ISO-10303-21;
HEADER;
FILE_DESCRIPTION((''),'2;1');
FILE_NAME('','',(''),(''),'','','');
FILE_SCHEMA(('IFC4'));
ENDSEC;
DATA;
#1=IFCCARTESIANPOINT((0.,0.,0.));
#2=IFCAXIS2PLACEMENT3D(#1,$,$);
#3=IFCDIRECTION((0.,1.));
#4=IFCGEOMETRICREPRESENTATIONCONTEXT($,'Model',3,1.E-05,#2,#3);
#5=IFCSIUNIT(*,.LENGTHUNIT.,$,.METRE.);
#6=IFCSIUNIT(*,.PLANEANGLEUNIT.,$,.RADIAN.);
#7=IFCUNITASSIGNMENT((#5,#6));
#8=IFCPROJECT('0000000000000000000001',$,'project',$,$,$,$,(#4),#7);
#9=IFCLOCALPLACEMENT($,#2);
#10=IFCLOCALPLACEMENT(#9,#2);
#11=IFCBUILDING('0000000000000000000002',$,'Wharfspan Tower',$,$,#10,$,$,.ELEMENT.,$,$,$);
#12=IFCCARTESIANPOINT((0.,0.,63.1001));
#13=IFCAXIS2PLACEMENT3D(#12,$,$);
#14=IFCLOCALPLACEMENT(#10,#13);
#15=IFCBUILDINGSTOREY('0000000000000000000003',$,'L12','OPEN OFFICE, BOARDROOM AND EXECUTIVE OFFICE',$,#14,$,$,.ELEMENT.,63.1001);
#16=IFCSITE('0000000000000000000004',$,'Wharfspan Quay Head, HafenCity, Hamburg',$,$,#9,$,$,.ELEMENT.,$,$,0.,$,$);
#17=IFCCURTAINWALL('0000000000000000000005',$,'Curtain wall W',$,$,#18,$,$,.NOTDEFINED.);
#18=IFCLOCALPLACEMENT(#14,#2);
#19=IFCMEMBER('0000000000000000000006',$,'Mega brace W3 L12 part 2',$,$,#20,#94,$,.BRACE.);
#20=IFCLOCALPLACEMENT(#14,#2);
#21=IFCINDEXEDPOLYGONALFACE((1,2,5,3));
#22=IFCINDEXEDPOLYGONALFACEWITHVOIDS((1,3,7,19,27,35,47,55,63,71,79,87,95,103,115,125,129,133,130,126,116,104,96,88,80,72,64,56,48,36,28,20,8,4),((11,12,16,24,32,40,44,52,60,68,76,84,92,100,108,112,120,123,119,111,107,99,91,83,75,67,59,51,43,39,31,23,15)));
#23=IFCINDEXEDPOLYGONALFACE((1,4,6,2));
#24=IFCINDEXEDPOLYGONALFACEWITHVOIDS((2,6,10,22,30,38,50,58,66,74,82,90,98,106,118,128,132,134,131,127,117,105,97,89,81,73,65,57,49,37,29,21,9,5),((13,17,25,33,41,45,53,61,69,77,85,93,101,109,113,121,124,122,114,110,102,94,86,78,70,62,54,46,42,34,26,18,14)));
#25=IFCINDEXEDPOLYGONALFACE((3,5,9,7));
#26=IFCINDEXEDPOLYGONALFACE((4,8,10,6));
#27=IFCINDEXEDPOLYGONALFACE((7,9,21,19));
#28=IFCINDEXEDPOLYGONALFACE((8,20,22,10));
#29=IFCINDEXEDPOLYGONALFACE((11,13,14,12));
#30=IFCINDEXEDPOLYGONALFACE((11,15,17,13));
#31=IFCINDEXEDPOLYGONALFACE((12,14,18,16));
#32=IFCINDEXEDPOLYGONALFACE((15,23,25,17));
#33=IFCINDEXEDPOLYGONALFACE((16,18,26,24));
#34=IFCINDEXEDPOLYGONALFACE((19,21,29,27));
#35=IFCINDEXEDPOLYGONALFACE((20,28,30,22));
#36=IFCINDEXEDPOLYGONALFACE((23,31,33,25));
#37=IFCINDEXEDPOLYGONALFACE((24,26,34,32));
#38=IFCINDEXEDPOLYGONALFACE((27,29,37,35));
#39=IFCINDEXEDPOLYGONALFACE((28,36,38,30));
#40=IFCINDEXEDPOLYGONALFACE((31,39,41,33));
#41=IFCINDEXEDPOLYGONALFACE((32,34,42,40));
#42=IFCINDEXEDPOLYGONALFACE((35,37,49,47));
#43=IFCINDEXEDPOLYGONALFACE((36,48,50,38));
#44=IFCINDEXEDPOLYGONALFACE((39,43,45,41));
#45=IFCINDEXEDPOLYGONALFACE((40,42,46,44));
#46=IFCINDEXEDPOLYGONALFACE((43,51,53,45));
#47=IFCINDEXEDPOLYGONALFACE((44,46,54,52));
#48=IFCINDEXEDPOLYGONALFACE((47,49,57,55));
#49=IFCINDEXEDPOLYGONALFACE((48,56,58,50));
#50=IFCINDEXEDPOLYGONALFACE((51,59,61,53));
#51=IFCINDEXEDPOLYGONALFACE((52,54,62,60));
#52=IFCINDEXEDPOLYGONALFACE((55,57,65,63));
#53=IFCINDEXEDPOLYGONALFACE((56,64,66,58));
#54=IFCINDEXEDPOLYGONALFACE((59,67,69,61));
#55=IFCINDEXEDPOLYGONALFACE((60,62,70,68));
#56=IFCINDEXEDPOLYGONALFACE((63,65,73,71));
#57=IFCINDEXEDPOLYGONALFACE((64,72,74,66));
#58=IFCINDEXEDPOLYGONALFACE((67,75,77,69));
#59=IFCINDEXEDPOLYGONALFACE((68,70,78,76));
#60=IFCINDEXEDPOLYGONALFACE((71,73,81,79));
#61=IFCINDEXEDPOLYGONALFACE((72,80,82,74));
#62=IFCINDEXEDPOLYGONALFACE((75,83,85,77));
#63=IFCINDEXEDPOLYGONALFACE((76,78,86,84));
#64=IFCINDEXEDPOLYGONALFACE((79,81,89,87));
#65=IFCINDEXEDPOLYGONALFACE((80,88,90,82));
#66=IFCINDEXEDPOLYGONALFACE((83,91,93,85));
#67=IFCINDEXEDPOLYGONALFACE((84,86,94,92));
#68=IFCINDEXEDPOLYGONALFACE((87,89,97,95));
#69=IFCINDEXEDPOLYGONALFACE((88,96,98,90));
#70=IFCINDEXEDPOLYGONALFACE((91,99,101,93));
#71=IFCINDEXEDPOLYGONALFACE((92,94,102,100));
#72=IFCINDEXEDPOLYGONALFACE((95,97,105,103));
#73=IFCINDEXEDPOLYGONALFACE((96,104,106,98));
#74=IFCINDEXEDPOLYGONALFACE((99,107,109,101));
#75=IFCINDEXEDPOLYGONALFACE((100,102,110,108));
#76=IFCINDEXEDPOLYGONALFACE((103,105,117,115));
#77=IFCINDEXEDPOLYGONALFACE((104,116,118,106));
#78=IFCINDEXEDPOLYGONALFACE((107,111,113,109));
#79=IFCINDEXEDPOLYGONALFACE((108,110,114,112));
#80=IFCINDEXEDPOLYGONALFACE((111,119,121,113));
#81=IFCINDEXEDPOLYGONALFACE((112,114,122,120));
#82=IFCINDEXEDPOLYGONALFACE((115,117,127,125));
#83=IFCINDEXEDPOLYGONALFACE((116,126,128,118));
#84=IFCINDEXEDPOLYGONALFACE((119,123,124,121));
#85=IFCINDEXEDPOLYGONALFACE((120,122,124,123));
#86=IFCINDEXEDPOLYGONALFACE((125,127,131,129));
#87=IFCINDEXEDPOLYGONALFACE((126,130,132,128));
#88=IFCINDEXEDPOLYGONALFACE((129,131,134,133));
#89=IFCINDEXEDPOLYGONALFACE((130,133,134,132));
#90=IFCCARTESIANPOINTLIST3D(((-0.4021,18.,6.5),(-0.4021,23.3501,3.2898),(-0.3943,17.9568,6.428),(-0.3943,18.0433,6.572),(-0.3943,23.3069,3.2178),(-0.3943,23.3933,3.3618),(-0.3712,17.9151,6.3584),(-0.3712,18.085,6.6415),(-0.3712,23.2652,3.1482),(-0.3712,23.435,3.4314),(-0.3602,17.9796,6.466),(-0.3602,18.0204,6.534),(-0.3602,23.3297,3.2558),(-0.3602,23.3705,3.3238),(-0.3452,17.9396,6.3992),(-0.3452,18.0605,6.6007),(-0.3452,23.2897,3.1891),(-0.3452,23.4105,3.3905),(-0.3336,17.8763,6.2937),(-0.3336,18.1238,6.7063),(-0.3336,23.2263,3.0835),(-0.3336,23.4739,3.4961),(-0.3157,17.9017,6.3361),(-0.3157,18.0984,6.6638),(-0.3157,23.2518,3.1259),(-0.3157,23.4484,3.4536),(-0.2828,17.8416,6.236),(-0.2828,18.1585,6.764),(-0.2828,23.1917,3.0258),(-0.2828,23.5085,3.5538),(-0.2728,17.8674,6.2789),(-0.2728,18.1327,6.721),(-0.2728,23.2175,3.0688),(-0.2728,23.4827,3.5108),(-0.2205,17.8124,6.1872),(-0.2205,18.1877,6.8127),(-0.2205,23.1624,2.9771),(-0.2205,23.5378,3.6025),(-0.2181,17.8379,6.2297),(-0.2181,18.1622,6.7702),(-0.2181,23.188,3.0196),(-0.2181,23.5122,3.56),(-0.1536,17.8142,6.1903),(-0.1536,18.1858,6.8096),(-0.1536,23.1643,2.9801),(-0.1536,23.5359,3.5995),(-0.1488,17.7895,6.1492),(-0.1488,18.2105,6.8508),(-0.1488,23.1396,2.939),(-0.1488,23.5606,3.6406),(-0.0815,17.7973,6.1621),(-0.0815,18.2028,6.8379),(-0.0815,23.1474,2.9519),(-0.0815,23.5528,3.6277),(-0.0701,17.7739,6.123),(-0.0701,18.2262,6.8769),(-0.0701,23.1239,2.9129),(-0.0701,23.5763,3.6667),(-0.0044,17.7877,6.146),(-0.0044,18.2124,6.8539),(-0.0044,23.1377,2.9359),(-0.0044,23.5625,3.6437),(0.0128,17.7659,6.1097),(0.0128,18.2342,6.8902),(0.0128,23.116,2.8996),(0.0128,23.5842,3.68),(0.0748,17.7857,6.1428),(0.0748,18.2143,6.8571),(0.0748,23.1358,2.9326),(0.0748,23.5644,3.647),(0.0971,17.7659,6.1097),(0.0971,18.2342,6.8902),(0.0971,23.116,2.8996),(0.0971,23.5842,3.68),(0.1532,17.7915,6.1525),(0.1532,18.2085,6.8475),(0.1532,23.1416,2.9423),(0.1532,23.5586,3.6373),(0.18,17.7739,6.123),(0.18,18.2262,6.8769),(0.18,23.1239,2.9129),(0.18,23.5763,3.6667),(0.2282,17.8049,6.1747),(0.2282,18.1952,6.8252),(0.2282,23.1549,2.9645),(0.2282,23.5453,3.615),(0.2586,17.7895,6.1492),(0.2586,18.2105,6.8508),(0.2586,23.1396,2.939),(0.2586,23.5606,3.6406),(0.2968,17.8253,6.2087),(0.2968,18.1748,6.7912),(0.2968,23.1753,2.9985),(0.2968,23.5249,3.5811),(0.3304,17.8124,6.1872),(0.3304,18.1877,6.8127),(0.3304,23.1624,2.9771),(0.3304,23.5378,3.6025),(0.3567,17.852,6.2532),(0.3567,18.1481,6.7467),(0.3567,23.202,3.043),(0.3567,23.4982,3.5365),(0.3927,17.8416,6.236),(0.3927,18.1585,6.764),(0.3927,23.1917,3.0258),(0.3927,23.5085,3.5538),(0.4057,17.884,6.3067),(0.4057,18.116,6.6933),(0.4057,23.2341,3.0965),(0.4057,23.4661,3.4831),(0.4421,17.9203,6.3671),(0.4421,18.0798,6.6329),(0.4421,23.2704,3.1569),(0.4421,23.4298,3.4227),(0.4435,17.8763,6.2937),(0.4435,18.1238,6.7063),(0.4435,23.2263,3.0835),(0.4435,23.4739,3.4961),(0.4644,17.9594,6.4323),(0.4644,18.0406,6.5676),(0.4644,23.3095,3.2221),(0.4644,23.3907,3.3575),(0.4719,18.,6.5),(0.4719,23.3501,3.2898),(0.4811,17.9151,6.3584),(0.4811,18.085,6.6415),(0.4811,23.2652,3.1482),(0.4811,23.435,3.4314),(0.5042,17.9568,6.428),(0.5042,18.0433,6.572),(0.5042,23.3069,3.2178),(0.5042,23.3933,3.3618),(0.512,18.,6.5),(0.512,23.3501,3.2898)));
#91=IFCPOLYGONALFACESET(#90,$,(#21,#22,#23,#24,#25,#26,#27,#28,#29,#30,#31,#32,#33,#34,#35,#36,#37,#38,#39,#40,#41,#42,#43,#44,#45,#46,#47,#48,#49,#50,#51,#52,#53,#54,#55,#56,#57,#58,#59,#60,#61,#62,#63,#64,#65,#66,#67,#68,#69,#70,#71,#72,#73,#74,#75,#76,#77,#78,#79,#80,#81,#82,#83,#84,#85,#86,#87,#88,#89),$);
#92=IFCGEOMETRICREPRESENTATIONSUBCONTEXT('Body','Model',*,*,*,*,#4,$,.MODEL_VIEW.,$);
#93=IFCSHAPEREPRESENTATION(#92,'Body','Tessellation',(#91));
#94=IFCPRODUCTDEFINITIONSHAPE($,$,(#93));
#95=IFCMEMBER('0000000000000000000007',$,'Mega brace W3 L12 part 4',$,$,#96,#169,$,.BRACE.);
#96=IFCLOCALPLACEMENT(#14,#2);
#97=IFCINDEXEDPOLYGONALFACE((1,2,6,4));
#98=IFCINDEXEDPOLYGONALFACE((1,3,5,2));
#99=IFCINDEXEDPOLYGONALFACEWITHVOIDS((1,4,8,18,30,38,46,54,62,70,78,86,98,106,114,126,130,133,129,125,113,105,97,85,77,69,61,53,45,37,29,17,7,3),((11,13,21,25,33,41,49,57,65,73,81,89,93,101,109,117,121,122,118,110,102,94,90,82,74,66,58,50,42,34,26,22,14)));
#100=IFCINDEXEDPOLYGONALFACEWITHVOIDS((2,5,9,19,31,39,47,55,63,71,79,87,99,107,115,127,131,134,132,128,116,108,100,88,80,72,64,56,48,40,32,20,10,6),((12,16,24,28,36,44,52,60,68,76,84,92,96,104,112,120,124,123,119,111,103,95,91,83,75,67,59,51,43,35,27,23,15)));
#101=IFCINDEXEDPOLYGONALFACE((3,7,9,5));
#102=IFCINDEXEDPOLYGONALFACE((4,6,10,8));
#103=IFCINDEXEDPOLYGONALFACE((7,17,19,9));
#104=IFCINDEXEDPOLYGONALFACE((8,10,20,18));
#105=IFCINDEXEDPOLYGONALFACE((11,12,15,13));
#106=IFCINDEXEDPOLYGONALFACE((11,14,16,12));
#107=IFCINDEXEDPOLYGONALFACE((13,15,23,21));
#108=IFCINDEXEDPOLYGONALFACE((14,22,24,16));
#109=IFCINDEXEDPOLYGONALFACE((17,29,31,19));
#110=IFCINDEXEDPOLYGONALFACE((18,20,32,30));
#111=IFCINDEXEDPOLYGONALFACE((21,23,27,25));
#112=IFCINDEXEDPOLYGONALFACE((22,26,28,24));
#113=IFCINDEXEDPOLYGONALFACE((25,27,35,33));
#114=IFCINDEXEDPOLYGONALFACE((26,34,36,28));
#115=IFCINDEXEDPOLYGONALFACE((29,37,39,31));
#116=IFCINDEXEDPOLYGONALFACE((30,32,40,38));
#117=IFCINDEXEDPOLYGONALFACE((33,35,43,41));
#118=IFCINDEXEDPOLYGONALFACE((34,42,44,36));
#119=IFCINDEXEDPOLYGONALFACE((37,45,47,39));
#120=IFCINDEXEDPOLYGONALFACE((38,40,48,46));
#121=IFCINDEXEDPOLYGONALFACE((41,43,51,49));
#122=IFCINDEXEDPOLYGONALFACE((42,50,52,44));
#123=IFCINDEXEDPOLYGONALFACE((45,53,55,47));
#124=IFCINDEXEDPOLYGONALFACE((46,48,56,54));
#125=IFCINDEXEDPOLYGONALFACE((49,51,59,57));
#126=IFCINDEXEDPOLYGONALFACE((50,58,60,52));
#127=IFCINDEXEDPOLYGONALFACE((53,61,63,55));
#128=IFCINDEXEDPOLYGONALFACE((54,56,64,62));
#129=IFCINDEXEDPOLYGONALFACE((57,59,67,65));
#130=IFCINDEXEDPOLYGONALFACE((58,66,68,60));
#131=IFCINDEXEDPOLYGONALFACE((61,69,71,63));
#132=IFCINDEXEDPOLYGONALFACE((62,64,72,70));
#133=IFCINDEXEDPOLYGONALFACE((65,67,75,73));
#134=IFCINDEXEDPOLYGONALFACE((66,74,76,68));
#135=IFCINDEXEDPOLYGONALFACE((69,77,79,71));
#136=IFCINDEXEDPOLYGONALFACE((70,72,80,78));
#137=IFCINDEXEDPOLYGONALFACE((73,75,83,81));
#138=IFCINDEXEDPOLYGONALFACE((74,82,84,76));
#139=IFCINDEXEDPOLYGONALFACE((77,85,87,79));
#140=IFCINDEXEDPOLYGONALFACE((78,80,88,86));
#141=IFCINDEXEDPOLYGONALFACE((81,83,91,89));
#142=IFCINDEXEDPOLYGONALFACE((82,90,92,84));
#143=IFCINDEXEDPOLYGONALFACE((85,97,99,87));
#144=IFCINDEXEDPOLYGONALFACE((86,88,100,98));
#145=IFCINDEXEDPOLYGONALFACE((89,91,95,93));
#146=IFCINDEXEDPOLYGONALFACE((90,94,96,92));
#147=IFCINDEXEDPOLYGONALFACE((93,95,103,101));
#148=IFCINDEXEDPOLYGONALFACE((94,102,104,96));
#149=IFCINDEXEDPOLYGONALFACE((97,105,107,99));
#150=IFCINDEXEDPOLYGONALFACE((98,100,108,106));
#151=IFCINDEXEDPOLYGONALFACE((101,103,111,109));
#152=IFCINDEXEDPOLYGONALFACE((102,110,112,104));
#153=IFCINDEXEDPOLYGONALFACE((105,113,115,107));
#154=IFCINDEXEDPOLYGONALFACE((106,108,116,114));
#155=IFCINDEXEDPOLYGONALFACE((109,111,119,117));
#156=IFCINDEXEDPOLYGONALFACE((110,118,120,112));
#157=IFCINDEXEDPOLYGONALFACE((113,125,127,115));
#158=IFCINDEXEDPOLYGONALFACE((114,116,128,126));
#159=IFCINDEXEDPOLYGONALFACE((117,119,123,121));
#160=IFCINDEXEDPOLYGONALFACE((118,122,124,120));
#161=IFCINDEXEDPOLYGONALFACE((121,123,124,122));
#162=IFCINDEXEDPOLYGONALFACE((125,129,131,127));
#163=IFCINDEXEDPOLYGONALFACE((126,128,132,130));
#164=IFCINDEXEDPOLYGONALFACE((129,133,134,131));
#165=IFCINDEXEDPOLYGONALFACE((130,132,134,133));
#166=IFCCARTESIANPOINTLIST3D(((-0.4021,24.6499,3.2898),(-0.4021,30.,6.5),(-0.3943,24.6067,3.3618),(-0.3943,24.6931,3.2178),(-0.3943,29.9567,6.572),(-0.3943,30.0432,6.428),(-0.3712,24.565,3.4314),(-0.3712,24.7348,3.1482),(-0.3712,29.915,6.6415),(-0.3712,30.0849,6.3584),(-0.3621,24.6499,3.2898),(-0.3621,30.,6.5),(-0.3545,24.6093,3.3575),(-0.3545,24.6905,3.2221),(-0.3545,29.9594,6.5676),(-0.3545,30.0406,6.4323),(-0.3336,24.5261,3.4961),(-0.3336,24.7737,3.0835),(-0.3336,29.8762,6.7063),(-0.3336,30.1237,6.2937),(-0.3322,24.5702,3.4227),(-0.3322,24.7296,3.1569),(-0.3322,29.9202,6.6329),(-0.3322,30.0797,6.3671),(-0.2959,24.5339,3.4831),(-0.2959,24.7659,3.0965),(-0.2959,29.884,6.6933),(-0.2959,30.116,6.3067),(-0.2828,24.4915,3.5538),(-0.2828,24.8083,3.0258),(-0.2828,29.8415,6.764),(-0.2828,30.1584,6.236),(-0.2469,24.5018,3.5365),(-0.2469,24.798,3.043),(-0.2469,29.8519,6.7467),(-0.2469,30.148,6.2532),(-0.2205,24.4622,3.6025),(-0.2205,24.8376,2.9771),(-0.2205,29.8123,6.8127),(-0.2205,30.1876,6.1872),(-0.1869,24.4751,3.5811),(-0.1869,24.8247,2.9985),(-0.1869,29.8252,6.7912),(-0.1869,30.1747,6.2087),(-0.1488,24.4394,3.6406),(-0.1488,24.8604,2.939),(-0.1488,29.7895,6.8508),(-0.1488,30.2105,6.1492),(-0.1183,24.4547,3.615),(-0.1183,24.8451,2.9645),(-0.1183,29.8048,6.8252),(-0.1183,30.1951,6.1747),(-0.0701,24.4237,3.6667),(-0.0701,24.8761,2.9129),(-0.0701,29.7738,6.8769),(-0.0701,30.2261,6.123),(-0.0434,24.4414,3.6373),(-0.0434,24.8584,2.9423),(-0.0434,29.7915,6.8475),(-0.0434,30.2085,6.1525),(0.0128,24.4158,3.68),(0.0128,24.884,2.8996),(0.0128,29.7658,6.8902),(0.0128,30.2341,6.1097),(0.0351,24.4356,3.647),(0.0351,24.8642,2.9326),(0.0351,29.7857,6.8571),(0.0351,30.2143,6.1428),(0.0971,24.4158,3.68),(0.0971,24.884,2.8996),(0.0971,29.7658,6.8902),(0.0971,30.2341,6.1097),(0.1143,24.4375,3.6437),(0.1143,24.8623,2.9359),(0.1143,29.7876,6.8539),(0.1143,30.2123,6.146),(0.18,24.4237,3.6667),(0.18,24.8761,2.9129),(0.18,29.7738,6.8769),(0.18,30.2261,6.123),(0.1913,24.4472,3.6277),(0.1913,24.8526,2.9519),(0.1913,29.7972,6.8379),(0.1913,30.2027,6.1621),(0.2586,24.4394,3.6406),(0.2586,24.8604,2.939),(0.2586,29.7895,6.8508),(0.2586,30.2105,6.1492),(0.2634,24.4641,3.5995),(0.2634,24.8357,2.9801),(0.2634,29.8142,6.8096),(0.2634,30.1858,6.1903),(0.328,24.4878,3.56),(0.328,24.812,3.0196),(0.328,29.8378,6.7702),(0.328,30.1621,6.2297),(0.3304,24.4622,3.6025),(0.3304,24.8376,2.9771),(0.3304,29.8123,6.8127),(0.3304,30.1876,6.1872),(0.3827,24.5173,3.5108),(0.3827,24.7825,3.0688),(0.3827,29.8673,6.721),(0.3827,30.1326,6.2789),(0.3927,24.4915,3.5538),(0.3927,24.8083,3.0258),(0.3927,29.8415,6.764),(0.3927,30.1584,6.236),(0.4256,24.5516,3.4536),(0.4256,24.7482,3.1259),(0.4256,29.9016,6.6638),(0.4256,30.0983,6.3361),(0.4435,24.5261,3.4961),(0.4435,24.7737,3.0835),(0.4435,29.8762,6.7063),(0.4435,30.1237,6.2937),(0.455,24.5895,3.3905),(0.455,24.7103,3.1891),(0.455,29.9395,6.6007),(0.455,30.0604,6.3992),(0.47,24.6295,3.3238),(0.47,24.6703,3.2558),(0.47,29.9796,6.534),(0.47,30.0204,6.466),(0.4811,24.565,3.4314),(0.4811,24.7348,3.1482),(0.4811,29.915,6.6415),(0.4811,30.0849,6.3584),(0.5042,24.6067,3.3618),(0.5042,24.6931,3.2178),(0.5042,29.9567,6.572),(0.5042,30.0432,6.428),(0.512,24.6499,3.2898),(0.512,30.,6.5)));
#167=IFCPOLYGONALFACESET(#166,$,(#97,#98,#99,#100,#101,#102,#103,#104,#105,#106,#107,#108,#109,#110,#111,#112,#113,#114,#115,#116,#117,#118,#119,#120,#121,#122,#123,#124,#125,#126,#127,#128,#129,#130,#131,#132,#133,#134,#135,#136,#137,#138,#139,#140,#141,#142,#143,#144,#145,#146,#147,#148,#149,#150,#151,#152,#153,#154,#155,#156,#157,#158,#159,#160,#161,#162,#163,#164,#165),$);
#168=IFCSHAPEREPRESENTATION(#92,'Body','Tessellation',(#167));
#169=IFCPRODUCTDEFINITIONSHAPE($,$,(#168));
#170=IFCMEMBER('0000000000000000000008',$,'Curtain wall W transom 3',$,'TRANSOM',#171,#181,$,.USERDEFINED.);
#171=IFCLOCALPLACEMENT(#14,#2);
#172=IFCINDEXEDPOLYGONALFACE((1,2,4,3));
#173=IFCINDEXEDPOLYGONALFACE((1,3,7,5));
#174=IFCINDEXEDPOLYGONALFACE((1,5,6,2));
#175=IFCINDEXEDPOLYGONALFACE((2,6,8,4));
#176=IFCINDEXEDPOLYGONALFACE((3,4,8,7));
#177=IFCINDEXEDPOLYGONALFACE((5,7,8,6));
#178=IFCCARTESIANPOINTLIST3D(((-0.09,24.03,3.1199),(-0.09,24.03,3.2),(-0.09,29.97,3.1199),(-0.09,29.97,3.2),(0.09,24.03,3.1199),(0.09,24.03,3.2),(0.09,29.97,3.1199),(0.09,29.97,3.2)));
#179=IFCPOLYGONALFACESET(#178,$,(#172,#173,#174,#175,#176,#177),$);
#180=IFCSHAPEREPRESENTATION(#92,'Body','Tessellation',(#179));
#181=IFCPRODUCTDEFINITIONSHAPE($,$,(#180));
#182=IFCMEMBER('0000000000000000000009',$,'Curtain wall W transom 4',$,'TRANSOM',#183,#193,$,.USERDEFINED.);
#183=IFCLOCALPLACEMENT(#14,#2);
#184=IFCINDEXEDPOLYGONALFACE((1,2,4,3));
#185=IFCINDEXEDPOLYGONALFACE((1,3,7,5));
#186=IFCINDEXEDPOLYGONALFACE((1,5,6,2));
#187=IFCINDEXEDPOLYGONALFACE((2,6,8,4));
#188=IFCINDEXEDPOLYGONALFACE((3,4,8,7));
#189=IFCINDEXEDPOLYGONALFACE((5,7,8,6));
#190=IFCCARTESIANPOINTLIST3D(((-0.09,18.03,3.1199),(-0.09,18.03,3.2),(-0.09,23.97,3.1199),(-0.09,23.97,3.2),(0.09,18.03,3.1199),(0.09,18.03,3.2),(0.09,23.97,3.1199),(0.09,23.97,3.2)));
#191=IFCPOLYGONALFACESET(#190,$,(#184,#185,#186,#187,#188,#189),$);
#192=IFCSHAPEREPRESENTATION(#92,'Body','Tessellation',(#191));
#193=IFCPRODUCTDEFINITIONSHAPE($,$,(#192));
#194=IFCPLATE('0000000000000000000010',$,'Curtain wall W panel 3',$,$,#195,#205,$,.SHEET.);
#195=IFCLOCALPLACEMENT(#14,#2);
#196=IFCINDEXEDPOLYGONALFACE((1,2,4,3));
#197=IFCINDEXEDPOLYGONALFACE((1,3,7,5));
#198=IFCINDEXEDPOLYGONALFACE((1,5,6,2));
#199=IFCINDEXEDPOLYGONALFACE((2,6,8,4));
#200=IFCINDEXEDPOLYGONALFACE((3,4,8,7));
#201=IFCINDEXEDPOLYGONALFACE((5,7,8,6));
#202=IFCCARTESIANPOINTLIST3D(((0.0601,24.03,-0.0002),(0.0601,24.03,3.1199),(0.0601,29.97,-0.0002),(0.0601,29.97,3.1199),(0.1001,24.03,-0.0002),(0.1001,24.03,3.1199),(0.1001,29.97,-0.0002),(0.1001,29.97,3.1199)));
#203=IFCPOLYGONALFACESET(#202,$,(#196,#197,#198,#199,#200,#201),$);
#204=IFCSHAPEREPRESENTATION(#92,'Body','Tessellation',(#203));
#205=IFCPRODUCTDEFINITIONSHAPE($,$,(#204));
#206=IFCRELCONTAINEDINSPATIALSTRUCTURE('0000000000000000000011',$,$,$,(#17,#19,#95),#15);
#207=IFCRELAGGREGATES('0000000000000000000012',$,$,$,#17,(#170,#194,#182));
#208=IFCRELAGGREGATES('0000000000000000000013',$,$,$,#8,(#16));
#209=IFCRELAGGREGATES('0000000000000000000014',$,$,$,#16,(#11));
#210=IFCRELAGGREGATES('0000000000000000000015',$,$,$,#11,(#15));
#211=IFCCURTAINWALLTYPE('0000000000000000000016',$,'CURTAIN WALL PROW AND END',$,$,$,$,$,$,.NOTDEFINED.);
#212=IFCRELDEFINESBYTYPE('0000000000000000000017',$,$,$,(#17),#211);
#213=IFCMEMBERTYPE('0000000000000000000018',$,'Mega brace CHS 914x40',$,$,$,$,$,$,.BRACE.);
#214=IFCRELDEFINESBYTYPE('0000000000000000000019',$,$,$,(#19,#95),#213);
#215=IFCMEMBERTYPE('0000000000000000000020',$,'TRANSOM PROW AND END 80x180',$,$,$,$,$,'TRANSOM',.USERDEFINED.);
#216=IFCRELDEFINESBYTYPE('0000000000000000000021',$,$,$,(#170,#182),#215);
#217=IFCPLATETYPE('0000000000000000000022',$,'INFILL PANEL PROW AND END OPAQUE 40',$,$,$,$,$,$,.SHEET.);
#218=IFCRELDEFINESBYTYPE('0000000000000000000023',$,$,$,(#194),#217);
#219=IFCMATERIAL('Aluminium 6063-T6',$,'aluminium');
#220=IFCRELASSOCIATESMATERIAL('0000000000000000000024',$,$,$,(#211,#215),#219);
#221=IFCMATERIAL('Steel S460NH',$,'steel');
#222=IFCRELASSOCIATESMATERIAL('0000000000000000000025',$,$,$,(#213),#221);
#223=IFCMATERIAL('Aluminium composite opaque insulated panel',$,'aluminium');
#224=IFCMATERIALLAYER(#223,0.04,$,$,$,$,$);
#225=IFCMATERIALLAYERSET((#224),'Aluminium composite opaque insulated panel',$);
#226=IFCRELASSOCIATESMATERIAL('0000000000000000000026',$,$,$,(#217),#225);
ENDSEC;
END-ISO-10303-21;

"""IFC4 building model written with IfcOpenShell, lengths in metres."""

from ifc_helpers import new_model, si_unit, direction, frame, origin, origin_2d, place, context, subcontext, project, spatial, rectangle, hollow_circle, extrude, material, layer, layer_set, material_profile, profile_set, type_object, element, aggregate, save


model = new_model("IFC4")

# Units and contexts
model_context = context("Model", 3, precision=1e-05, world=origin(), true_north=direction((0.0, 1.0)))
body_context = subcontext(model_context, "Body", "Model", "MODEL_VIEW")
ifc_project = project(units=[si_unit("LENGTHUNIT", "METRE"), si_unit("PLANEANGLEUNIT", "RADIAN")], contexts=[model_context])

# Site, building, storey
site_placement = place(None, origin())
site = spatial("IfcSite", under=ifc_project, at=site_placement, Name="Wharfspan Quay Head, HafenCity, Hamburg", CompositionType="ELEMENT", RefElevation=0.0)
building_placement = place(site_placement, origin())
building = spatial("IfcBuilding", under=site, at=building_placement, Name="Wharfspan Tower", CompositionType="ELEMENT")
storey_placement = place(building_placement, frame((0.0, 0.0, 63.1001)))
storey = spatial("IfcBuildingStorey", under=building, at=storey_placement, Name="L12", Description="OPEN OFFICE, BOARDROOM AND EXECUTIVE OFFICE", CompositionType="ELEMENT", Elevation=63.1001)

# Curtain wall
ifc_material_1 = material(Name="Aluminium 6063-T6", Category="aluminium")
curtain_wall_type = type_object("IfcCurtainWallType", Name="CURTAIN WALL PROW AND END", PredefinedType="NOTDEFINED", material=ifc_material_1)
curtain_wall_placement = place(storey_placement, origin())
curtain_wall = element("IfcCurtainWall", 1, at=curtain_wall_placement, inside=storey, type_object=curtain_wall_type, Name="Curtain wall W", PredefinedType="NOTDEFINED")

# Members
ifc_material_2 = material(Name="Steel S460NH", Category="steel")
ifc_material_profile_1 = material_profile(ifc_material_2, hollow_circle(Radius=0.457, WallThickness=0.04, at=origin_2d()))
ifc_profile_set_1 = profile_set([ifc_material_profile_1], Name="Steel S460NH")
member_type_1 = type_object("IfcMemberType", Name="Mega brace CHS 914x40", PredefinedType="BRACE", material=ifc_profile_set_1)
for number, where, z_axis, x_axis, name in (
    (2, (0.0549, 23.3501, 3.2898), (0.0, -0.857483, 0.514513), (1.0, 0.0, 0.0), "Mega brace W3 L12 part 2"),
    (3, (0.0549, 24.6499, 3.2898), (0.0, 0.857483, 0.514513), (-1.0, 0.0, 0.0), "Mega brace W3 L12 part 4"),
):
    element("IfcMember", number, at=place(storey_placement, frame(where, z_axis=z_axis, x_axis=x_axis)), inside=storey, type_object=member_type_1, Name=name, PredefinedType="BRACE", context=body_context, shape_type="SweptSolid", body=[
        extrude(hollow_circle(Radius=0.457, WallThickness=0.04, at=origin_2d()), origin(), (0.0, 0.0, 1.0), 6.2393),
    ])

# Members
ifc_material_profile_2 = material_profile(ifc_material_1, rectangle(XDim=0.1799, YDim=0.0801, at=origin_2d()))
ifc_profile_set_2 = profile_set([ifc_material_profile_2], Name="Aluminium 6063-T6")
member_type_2 = type_object("IfcMemberType", Name="TRANSOM PROW AND END 80x180", ElementType="TRANSOM", PredefinedType="USERDEFINED", material=ifc_profile_set_2)
member_1_placement = place(storey_placement, frame((0.0, 29.97, 3.1599), z_axis=(0.0, -1.0, 0.0), x_axis=(1.0, 0.0, 0.0)))
member_1 = element("IfcMember", 4, at=member_1_placement, type_object=member_type_2, Name="Curtain wall W transom 3", ObjectType="TRANSOM", PredefinedType="USERDEFINED", context=body_context, shape_type="SweptSolid", body=[
    extrude(rectangle(XDim=0.1799, YDim=0.0801, at=origin_2d()), origin(), (0.0, 0.0, 1.0), 5.9399),
])
member_2_placement = place(storey_placement, frame((0.0, 23.97, 3.1599), z_axis=(0.0, -1.0, 0.0), x_axis=(1.0, 0.0, 0.0)))
member_2 = element("IfcMember", 5, at=member_2_placement, type_object=member_type_2, Name="Curtain wall W transom 4", ObjectType="TRANSOM", PredefinedType="USERDEFINED", context=body_context, shape_type="SweptSolid", body=[
    extrude(rectangle(XDim=0.1799, YDim=0.0801, at=origin_2d()), origin(), (0.0, 0.0, 1.0), 5.9399),
])

# Plate
ifc_material_3 = material(Name="Aluminium composite opaque insulated panel", Category="aluminium")
ifc_layer_1 = layer(ifc_material_3, 0.04)
ifc_layer_set_1 = layer_set([ifc_layer_1], Name="Aluminium composite opaque insulated panel")
plate_type = type_object("IfcPlateType", Name="INFILL PANEL PROW AND END OPAQUE 40", PredefinedType="SHEET", material=ifc_layer_set_1)
plate_1_placement = place(storey_placement, frame((0.0801, 27.0, -0.0002), z_axis=(0.0, 0.0, 1.0), x_axis=(0.0, -1.0, 0.0)))
plate_1 = element("IfcPlate", 6, at=plate_1_placement, type_object=plate_type, Name="Curtain wall W panel 3", PredefinedType="SHEET", context=body_context, shape_type="SweptSolid", body=[
    extrude(rectangle(XDim=5.9399, YDim=0.04, at=origin_2d()), origin(), (0.0, 0.0, 1.0), 3.1201),
])
aggregate(curtain_wall, [member_1, plate_1, member_2])

save(model, "model.ifc")
